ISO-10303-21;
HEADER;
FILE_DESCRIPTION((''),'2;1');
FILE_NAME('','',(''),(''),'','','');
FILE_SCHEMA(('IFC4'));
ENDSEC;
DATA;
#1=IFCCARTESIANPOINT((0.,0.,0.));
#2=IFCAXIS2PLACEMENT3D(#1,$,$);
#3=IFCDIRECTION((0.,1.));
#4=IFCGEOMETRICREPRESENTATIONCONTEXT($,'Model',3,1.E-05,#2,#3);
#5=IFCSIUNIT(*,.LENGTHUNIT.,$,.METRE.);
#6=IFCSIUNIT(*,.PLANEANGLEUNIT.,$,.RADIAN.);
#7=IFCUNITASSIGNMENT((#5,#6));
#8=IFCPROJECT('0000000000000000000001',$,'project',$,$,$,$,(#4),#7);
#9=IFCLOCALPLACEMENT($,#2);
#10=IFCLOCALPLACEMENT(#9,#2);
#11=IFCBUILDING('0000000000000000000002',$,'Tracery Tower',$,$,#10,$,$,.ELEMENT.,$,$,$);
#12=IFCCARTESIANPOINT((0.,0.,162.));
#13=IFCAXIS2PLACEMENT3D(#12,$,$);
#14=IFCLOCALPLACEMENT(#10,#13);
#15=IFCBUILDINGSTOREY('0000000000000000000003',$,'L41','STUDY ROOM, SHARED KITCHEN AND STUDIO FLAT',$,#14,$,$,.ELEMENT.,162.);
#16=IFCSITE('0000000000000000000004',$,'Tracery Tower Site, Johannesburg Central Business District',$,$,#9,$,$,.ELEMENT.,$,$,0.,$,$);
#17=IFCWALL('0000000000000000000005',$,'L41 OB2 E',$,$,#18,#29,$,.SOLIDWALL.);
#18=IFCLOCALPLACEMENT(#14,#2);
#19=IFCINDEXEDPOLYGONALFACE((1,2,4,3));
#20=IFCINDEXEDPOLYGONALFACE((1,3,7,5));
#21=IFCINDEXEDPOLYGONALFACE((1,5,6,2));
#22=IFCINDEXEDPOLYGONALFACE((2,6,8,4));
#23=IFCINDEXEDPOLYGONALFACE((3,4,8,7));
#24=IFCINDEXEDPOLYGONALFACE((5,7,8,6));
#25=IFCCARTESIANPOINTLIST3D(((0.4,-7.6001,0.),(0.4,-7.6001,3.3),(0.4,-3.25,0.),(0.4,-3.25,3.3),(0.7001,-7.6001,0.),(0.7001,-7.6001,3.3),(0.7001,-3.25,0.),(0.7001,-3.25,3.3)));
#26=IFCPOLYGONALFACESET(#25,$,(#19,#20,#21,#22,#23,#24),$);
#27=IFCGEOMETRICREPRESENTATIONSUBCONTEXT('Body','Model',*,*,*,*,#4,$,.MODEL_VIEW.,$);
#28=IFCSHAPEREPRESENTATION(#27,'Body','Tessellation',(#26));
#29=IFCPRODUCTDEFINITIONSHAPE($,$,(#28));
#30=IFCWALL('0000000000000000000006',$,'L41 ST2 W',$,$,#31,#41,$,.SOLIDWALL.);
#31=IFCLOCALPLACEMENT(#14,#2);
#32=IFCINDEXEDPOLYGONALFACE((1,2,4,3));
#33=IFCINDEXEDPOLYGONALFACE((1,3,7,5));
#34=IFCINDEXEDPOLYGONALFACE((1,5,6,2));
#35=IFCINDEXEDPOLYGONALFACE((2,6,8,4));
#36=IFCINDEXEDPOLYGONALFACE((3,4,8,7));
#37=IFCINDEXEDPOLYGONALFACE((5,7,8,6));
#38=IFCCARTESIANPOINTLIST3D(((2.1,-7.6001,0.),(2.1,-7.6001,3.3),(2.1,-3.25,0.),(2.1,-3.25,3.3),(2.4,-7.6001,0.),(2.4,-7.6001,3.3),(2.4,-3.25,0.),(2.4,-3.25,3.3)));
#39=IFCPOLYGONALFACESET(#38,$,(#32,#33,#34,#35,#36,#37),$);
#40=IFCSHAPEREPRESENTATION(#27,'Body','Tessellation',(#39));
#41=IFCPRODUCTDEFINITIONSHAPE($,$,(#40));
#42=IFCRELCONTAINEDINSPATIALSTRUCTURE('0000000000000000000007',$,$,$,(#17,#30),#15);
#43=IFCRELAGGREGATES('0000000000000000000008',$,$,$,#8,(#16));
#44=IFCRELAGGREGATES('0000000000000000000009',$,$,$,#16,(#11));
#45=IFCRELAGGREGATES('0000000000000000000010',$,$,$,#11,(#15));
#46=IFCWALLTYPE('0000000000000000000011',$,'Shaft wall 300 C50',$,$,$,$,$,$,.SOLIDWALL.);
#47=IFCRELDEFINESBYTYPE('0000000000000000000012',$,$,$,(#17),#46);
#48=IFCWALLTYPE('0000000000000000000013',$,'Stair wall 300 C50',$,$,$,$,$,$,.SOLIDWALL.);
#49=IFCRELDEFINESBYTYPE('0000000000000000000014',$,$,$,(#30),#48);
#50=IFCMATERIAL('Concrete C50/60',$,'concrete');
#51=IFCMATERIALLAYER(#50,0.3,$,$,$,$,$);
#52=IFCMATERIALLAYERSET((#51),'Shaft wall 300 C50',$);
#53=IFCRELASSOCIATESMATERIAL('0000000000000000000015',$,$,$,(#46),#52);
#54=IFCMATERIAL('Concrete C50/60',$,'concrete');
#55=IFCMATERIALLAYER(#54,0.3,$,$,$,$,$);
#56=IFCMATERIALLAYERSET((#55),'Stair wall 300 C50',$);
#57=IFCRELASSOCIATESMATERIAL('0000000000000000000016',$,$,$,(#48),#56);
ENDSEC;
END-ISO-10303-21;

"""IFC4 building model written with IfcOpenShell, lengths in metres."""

from ifc_helpers import new_model, si_unit, direction, frame, frame_2d, origin, place, context, subcontext, project, spatial, rectangle, extrude, material, layer, layer_set, type_object, element, save


model = new_model("IFC4")

# Units and contexts
model_context = context("Model", 3, precision=1e-05, world=origin(), true_north=direction((0.0, 1.0)))
body_context = subcontext(model_context, "Body", "Model", "MODEL_VIEW")
ifc_project = project(units=[si_unit("LENGTHUNIT", "METRE"), si_unit("PLANEANGLEUNIT", "RADIAN")], contexts=[model_context])

# Site, building, storey
site_placement = place(None, origin())
site = spatial("IfcSite", under=ifc_project, at=site_placement, Name="Tracery Tower Site, Johannesburg Central Business District", CompositionType="ELEMENT", RefElevation=0.0)
building_placement = place(site_placement, origin())
building = spatial("IfcBuilding", under=site, at=building_placement, Name="Tracery Tower", CompositionType="ELEMENT")
storey_placement = place(building_placement, frame((0.0, 0.0, 162.0)))
storey = spatial("IfcBuildingStorey", under=building, at=storey_placement, Name="L41", Description="STUDY ROOM, SHARED KITCHEN AND STUDIO FLAT", CompositionType="ELEMENT", Elevation=162.0)

# Walls
ifc_material_1 = material(Name="Concrete C50/60", Category="concrete")
ifc_layer_1 = layer(ifc_material_1, 0.3)
ifc_layer_set_1 = layer_set([ifc_layer_1], Name="Shaft wall 300 C50")
wall_type_1 = type_object("IfcWallType", Name="Shaft wall 300 C50", PredefinedType="SOLIDWALL", material=ifc_layer_set_1)
wall_1_placement = place(storey_placement, frame((0.55, -7.6001, 0.0), z_axis=(0.0, 0.0, 1.0), x_axis=(0.0, 1.0, 0.0)))
element("IfcWall", 1, at=wall_1_placement, inside=storey, type_object=wall_type_1, Name="L41 OB2 E", PredefinedType="SOLIDWALL", context=body_context, shape_type="SweptSolid", body=[
    extrude(rectangle(XDim=4.3501, YDim=0.3, at=frame_2d((2.175, 0.0))), origin(), (0.0, 0.0, 1.0), 3.3),
])
ifc_material_2 = material(Name="Concrete C50/60", Category="concrete")
ifc_layer_2 = layer(ifc_material_2, 0.3)
ifc_layer_set_2 = layer_set([ifc_layer_2], Name="Stair wall 300 C50")
wall_type_2 = type_object("IfcWallType", Name="Stair wall 300 C50", PredefinedType="SOLIDWALL", material=ifc_layer_set_2)
wall_2_placement = place(storey_placement, frame((2.25, -7.6001, 0.0), z_axis=(0.0, 0.0, 1.0), x_axis=(0.0, 1.0, 0.0)))
element("IfcWall", 2, at=wall_2_placement, inside=storey, type_object=wall_type_2, Name="L41 ST2 W", PredefinedType="SOLIDWALL", context=body_context, shape_type="SweptSolid", body=[
    extrude(rectangle(XDim=4.3501, YDim=0.3, at=frame_2d((2.175, 0.0))), origin(), (0.0, 0.0, 1.0), 3.3),
])

save(model, "model.ifc")
